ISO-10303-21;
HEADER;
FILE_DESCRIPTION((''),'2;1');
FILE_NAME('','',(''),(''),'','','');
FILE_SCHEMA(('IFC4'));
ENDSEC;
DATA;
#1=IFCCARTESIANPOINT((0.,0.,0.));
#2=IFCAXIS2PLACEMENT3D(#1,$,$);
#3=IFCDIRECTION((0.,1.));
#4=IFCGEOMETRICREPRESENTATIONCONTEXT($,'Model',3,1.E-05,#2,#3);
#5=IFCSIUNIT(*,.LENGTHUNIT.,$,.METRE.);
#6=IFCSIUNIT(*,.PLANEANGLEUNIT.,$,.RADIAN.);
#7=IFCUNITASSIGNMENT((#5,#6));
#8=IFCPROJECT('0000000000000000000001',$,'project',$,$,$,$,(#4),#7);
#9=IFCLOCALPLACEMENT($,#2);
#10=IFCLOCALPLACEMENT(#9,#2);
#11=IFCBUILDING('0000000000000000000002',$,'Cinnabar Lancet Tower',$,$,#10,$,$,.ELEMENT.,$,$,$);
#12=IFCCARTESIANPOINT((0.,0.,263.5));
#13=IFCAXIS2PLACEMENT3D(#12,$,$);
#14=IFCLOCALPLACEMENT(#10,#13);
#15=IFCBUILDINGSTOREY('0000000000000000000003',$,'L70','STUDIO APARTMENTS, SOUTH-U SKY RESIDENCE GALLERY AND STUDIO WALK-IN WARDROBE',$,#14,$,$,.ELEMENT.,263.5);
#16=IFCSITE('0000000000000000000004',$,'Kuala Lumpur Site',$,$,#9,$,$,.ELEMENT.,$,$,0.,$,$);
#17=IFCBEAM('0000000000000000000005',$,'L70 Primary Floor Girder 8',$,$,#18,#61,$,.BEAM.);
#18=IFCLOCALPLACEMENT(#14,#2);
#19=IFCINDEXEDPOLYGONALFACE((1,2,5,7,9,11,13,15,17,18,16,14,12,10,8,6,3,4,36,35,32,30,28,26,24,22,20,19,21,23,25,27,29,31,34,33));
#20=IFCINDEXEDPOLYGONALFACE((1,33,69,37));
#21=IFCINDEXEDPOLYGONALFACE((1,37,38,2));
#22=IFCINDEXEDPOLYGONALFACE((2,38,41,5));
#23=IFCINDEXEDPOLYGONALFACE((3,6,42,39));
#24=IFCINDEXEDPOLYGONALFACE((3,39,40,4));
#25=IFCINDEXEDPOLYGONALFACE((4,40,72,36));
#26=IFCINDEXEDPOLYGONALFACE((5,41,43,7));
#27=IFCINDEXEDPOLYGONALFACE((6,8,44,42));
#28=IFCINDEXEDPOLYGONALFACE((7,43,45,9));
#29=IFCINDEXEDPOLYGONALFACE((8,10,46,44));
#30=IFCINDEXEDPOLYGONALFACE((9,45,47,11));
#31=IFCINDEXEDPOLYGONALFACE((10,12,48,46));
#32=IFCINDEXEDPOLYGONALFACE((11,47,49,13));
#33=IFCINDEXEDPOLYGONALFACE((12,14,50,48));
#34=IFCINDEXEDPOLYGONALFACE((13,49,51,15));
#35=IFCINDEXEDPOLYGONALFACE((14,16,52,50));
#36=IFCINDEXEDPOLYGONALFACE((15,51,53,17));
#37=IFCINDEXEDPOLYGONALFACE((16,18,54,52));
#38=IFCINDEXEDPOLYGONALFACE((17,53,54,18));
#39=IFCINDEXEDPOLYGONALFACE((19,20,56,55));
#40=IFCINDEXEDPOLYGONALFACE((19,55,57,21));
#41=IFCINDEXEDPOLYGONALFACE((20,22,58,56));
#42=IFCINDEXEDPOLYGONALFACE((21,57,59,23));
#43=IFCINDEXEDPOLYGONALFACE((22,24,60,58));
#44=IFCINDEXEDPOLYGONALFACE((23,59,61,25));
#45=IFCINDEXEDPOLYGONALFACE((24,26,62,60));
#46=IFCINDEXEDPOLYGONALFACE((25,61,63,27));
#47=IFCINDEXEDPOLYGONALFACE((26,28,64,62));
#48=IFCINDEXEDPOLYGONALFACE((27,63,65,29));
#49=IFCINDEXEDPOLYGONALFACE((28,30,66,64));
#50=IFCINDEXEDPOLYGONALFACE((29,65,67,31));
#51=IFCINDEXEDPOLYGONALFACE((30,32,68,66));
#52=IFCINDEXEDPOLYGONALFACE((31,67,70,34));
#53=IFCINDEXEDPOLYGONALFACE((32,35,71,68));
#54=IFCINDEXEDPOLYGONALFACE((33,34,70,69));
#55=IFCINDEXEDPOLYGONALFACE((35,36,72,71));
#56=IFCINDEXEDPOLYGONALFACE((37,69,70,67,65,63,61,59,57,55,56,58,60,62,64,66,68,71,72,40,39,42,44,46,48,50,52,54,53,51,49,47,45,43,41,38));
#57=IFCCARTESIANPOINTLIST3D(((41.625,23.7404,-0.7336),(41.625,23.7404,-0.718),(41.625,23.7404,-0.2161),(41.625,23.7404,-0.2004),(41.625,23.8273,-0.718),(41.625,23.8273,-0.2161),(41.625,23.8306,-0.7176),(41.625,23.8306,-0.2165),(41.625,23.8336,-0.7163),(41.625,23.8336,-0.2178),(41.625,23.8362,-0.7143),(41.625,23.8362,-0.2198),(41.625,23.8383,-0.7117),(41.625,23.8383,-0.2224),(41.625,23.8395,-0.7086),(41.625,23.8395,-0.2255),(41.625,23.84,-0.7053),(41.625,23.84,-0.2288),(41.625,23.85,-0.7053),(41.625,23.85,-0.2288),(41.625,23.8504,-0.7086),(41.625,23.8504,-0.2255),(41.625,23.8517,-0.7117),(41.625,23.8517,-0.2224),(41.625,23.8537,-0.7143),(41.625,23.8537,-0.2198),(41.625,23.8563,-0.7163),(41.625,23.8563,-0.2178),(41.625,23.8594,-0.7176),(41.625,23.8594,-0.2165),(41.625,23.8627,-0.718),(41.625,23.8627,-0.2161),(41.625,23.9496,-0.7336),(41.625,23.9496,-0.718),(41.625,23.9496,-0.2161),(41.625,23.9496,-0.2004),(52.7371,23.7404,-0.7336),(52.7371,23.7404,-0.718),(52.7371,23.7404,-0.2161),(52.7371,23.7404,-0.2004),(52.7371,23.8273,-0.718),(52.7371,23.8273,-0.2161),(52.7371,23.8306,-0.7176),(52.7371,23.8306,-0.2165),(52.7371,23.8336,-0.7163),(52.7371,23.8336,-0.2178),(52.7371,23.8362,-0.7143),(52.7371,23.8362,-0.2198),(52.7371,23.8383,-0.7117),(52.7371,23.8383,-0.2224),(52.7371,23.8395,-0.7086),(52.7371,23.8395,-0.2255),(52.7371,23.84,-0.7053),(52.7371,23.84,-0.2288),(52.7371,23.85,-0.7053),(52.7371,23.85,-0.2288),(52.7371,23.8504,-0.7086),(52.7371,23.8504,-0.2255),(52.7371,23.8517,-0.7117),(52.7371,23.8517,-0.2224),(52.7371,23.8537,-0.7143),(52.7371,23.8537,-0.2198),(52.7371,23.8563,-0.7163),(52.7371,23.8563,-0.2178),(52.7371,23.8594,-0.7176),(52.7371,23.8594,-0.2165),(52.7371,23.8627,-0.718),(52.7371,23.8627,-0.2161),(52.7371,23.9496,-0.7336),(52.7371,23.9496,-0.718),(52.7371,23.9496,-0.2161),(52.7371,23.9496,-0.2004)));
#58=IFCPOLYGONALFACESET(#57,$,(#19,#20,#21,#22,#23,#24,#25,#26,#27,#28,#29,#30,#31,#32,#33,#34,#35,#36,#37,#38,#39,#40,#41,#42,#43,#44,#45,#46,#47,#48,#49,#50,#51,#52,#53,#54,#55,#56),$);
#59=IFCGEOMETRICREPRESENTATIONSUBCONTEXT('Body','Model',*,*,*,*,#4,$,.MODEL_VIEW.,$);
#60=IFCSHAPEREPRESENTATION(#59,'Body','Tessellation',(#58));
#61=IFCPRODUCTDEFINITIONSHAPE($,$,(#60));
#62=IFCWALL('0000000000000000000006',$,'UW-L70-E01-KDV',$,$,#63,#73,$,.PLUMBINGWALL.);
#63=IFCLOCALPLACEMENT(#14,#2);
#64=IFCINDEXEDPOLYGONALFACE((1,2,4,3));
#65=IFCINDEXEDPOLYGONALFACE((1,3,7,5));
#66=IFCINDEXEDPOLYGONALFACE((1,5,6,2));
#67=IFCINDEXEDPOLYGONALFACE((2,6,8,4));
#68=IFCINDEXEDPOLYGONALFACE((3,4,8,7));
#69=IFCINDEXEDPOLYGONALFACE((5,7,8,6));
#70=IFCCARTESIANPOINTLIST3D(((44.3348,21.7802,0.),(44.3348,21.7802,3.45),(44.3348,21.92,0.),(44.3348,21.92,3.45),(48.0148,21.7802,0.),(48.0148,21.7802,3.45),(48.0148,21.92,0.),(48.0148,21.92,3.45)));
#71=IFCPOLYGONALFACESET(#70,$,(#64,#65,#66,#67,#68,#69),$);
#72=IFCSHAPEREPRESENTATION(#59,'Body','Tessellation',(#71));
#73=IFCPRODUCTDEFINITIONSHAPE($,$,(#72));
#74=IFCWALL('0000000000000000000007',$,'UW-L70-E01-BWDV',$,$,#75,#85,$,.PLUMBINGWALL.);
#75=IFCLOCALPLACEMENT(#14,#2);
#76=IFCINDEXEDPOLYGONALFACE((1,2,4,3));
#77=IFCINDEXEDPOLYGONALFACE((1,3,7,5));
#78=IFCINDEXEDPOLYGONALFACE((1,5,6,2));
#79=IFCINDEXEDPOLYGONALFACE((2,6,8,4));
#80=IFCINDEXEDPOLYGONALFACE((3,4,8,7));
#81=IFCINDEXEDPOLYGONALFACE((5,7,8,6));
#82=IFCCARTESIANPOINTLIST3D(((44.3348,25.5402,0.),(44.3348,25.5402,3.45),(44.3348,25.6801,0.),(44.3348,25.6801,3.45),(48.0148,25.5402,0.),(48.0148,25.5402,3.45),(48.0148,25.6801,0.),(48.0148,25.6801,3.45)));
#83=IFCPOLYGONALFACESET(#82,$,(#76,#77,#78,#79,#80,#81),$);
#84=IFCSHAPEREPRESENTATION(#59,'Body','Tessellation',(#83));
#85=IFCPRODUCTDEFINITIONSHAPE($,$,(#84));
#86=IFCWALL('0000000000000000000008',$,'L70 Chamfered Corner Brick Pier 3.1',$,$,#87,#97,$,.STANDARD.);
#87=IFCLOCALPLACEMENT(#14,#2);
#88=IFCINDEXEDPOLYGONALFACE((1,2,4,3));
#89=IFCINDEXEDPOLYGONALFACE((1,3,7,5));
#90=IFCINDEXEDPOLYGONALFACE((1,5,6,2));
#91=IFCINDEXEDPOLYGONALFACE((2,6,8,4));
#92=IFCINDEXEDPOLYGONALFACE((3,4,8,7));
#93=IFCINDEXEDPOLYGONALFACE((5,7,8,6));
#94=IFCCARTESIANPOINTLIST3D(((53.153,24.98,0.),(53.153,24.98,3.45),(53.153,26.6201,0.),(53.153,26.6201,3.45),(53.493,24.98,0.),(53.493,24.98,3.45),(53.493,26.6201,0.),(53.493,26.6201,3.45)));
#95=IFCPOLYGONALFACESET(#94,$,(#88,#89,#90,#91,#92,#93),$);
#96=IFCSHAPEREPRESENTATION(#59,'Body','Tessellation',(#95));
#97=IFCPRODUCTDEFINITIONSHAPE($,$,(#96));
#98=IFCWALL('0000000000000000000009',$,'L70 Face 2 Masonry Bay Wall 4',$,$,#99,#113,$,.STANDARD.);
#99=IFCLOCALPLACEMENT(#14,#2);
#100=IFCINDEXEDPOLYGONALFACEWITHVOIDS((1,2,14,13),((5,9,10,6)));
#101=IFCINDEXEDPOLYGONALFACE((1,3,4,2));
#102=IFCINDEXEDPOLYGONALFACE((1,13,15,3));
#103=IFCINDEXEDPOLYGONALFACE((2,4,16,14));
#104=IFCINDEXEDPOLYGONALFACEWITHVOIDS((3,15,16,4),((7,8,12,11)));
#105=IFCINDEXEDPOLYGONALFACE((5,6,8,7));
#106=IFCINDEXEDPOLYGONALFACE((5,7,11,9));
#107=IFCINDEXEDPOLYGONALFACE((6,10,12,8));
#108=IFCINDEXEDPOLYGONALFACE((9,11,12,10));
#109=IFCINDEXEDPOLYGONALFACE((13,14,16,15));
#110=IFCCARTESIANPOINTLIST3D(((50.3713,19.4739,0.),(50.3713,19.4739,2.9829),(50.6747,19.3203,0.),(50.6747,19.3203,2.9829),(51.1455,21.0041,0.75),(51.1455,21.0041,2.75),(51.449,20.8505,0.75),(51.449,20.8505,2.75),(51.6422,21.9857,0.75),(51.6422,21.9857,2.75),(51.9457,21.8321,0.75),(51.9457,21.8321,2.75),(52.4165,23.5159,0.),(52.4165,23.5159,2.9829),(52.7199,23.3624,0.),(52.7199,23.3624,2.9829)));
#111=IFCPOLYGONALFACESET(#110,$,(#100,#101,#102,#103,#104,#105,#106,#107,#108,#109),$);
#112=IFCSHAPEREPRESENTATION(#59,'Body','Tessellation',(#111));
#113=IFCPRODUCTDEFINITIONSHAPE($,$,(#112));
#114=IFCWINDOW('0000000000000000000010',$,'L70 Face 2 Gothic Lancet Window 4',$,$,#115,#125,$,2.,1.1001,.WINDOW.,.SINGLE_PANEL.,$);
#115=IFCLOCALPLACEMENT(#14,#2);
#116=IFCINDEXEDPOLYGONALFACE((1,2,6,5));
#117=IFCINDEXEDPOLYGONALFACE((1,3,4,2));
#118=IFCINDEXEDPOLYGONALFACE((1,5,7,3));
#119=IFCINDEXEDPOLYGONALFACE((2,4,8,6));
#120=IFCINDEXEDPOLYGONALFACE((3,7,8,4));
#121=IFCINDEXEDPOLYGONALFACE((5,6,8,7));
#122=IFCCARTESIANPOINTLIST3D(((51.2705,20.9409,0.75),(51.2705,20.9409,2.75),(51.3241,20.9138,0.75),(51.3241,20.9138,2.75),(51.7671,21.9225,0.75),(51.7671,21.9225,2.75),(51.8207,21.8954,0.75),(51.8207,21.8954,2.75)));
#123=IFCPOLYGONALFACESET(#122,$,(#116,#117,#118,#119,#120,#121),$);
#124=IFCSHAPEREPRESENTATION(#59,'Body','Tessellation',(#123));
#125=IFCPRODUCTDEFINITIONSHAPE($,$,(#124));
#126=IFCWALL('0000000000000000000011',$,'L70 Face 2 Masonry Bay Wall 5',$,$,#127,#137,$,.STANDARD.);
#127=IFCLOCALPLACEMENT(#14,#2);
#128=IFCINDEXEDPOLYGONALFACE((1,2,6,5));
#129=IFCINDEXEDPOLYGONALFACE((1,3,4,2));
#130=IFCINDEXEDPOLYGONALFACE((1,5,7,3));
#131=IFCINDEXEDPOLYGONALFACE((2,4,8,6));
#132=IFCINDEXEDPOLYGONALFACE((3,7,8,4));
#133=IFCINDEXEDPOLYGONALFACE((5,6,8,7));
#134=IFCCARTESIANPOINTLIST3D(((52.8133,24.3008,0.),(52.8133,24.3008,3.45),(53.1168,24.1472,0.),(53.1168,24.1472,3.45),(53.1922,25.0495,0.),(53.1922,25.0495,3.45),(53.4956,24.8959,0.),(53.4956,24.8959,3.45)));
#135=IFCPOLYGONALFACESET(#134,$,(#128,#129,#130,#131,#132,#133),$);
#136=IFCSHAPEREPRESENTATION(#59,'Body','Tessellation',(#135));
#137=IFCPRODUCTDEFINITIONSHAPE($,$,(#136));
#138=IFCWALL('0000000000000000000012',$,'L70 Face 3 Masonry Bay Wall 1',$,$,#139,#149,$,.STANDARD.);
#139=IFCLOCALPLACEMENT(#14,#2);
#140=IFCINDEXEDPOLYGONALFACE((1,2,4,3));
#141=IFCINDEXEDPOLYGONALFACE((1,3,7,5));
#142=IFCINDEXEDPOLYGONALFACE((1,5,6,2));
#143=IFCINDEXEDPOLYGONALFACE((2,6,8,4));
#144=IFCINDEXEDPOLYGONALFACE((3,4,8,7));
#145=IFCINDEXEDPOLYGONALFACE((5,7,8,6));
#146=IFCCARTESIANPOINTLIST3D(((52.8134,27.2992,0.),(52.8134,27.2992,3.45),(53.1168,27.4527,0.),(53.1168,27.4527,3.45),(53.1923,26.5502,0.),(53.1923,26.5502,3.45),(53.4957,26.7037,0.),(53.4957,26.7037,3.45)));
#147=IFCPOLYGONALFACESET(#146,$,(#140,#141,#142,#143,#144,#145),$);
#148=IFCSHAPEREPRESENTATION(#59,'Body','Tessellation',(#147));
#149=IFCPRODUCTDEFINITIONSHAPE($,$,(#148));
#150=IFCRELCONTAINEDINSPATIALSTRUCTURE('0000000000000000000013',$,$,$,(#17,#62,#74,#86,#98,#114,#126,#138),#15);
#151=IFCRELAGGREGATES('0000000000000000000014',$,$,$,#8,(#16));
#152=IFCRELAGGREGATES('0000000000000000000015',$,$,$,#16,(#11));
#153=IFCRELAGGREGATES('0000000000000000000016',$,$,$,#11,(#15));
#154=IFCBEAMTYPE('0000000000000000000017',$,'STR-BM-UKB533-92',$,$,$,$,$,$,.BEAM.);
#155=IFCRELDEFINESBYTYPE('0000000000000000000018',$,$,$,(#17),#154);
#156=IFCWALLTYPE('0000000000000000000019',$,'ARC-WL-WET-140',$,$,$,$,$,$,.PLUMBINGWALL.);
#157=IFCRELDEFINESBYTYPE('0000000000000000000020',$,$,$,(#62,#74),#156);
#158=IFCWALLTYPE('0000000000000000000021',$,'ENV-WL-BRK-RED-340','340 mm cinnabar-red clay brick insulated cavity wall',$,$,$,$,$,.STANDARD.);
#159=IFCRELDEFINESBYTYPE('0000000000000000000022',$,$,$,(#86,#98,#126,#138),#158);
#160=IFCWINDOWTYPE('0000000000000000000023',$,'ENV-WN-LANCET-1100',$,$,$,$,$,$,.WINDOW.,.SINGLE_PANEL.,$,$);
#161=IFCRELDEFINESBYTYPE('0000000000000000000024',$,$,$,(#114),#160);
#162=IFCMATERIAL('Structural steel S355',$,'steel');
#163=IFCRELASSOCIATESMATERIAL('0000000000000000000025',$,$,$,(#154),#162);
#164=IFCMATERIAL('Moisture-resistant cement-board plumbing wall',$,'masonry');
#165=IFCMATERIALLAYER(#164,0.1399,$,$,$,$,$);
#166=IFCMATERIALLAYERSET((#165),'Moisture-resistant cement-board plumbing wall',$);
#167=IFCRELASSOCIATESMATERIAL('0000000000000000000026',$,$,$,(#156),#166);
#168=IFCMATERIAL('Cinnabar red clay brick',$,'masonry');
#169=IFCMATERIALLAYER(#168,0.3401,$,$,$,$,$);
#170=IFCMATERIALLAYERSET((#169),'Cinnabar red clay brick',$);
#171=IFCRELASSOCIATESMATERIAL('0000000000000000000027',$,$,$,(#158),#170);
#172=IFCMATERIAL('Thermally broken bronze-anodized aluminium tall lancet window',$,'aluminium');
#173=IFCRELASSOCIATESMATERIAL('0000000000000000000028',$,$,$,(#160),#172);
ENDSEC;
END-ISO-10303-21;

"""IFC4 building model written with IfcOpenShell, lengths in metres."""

from ifc_helpers import new_model, si_unit, direction, frame, frame_2d, origin, origin_2d, place, context, subcontext, project, spatial, rectangle, i_section, extrude, material, layer, layer_set, material_profile, profile_set, type_object, element, fill, save


model = new_model("IFC4")

# Units and contexts
model_context = context("Model", 3, precision=1e-05, world=origin(), true_north=direction((0.0, 1.0)))
body_context = subcontext(model_context, "Body", "Model", "MODEL_VIEW")
ifc_project = project(units=[si_unit("LENGTHUNIT", "METRE"), si_unit("PLANEANGLEUNIT", "RADIAN")], contexts=[model_context])

# Site, building, storey
site_placement = place(None, origin())
site = spatial("IfcSite", under=ifc_project, at=site_placement, Name="Kuala Lumpur Site", CompositionType="ELEMENT", RefElevation=0.0)
building_placement = place(site_placement, origin())
building = spatial("IfcBuilding", under=site, at=building_placement, Name="Cinnabar Lancet Tower", CompositionType="ELEMENT")
storey_placement = place(building_placement, frame((0.0, 0.0, 263.5)))
storey = spatial("IfcBuildingStorey", under=building, at=storey_placement, Name="L70", Description="STUDIO APARTMENTS, SOUTH-U SKY RESIDENCE GALLERY AND STUDIO WALK-IN WARDROBE", CompositionType="ELEMENT", Elevation=263.5)

# Beam
ifc_material_1 = material(Name="Structural steel S355", Category="steel")
ifc_material_profile_1 = material_profile(ifc_material_1, i_section(OverallWidth=0.2092, OverallDepth=0.5332, WebThickness=0.01, FlangeThickness=0.0156, FilletRadius=0.0127, at=origin_2d()), Name="UKB 533x210x92")
ifc_profile_set_1 = profile_set([ifc_material_profile_1], Name="Structural steel S355")
beam_type_1 = type_object("IfcBeamType", Name="STR-BM-UKB533-92", PredefinedType="BEAM", material=ifc_profile_set_1)
beam_1_placement = place(storey_placement, frame((52.7371, 23.845, -0.467), z_axis=(-1.0, 0.0, 0.0), x_axis=(0.0, -1.0, 0.0)))
element("IfcBeam", 1, at=beam_1_placement, inside=storey, type_object=beam_type_1, Name="L70 Primary Floor Girder 8", PredefinedType="BEAM", context=body_context, shape_type="SweptSolid", body=[
    extrude(i_section(OverallWidth=0.2092, OverallDepth=0.5332, WebThickness=0.01, FlangeThickness=0.0156, FilletRadius=0.0127, at=origin_2d()), origin(), (0.0, 0.0, 1.0), 11.1121),
])

# Walls
ifc_material_2 = material(Name="Moisture-resistant cement-board plumbing wall", Category="masonry")
ifc_layer_1 = layer(ifc_material_2, 0.1399)
ifc_layer_set_1 = layer_set([ifc_layer_1], Name="Moisture-resistant cement-board plumbing wall")
wall_type_1 = type_object("IfcWallType", Name="ARC-WL-WET-140", PredefinedType="PLUMBINGWALL", material=ifc_layer_set_1)
for number, where, z_axis, x_axis, name in (
    (2, (44.335, 21.8501, 0.0), (0.0, 0.0, 1.0), (1.0, 0.0, 0.0), "UW-L70-E01-KDV"),
    (3, (44.335, 25.6101, 0.0), (0.0, 0.0, 1.0), (1.0, 0.0, 0.0), "UW-L70-E01-BWDV"),
):
    element("IfcWall", number, at=place(storey_placement, frame(where, z_axis=z_axis, x_axis=x_axis)), inside=storey, type_object=wall_type_1, Name=name, PredefinedType="PLUMBINGWALL", context=body_context, shape_type="SweptSolid", body=[
        extrude(rectangle(XDim=3.6799, YDim=0.1399, at=frame_2d((1.8398, 0.0))), origin(), (0.0, 0.0, 1.0), 3.45),
    ])
ifc_material_3 = material(Name="Cinnabar red clay brick", Category="masonry")
ifc_layer_2 = layer(ifc_material_3, 0.3401)
ifc_layer_set_2 = layer_set([ifc_layer_2], Name="Cinnabar red clay brick")
wall_type_2 = type_object("IfcWallType", Name="ENV-WL-BRK-RED-340", Description="340 mm cinnabar-red clay brick insulated cavity wall", PredefinedType="STANDARD", material=ifc_layer_set_2)
wall_1_placement = place(storey_placement, frame((53.323, 24.98, 0.0), z_axis=(0.0, 0.0, 1.0), x_axis=(0.0, 1.0, 0.0)))
element("IfcWall", 4, at=wall_1_placement, inside=storey, type_object=wall_type_2, Name="L70 Chamfered Corner Brick Pier 3.1", PredefinedType="STANDARD", context=body_context, shape_type="SweptSolid", body=[
    extrude(rectangle(XDim=1.6401, YDim=0.3401, at=frame_2d((0.8201, 0.0))), origin(), (0.0, 0.0, 1.0), 3.45),
])

# Wall, opening, window
wall_2_placement = place(storey_placement, frame((50.5229, 19.397, 0.0), z_axis=(0.0, 0.0, 1.0), x_axis=(0.451477, 0.892283, 0.0)))
wall_2 = element("IfcWall", 5, at=wall_2_placement, inside=storey, type_object=wall_type_2, Name="L70 Face 2 Masonry Bay Wall 4", PredefinedType="STANDARD", context=body_context, shape_type="SweptSolid", body=[
    extrude(rectangle(XDim=4.53, YDim=0.3401, at=frame_2d((2.2651, 0.0))), origin(), (0.0, 0.0, 1.0), 2.9829),
])
opening_placement = place(wall_2_placement, frame((1.7151, 0.0, 0.75)))
opening = element("IfcOpeningElement", 6, at=opening_placement, cuts=wall_2, PredefinedType="OPENING", context=body_context, shape_type="SweptSolid", body=[
    extrude(rectangle(XDim=1.1001, YDim=2.0, at=frame_2d((0.55, 1.0))), frame((0.0, 0.1799, 0.0), z_axis=(0.0, -1.0, 0.0), x_axis=(1.0, 0.0, 0.0)), (0.0, 0.0, 1.0), 0.3601),
])
ifc_material_4 = material(Name="Thermally broken bronze-anodized aluminium tall lancet window", Category="aluminium")
window_type = type_object("IfcWindowType", Name="ENV-WN-LANCET-1100", PartitioningType="SINGLE_PANEL", PredefinedType="WINDOW", material=ifc_material_4)
window_placement = place(opening_placement, origin())
window = element("IfcWindow", 7, at=window_placement, inside=storey, type_object=window_type, Name="L70 Face 2 Gothic Lancet Window 4", OverallHeight=2.0, OverallWidth=1.1001, PartitioningType="SINGLE_PANEL", PredefinedType="WINDOW", context=body_context, shape_type="SweptSolid", body=[
    extrude(rectangle(XDim=1.1001, YDim=2.0, at=frame_2d((0.55, 1.0))), frame((0.0, 0.03, 0.0), z_axis=(0.0, -1.0, 0.0), x_axis=(1.0, 0.0, 0.0)), (0.0, 0.0, 1.0), 0.0601),
])
fill(opening, window)

# Walls
wall_3_placement = place(storey_placement, frame((52.9651, 24.2241, 0.0), z_axis=(0.0, 0.0, 1.0), x_axis=(0.451514, 0.892264, 0.0)))
element("IfcWall", 8, at=wall_3_placement, inside=storey, type_object=wall_type_2, Name="L70 Face 2 Masonry Bay Wall 5", PredefinedType="STANDARD", context=body_context, shape_type="SweptSolid", body=[
    extrude(rectangle(XDim=0.8391, YDim=0.3401, at=frame_2d((0.4194, 0.0))), origin(), (0.0, 0.0, 1.0), 3.45),
])
wall_4_placement = place(storey_placement, frame((53.344, 26.627, 0.0), z_axis=(0.0, 0.0, 1.0), x_axis=(-0.451397, 0.892323, 0.0)))
element("IfcWall", 9, at=wall_4_placement, inside=storey, type_object=wall_type_2, Name="L70 Face 3 Masonry Bay Wall 1", PredefinedType="STANDARD", context=body_context, shape_type="SweptSolid", body=[
    extrude(rectangle(XDim=0.8394, YDim=0.3401, at=frame_2d((0.4197, 0.0))), origin(), (0.0, 0.0, 1.0), 3.45),
])

save(model, "model.ifc")
